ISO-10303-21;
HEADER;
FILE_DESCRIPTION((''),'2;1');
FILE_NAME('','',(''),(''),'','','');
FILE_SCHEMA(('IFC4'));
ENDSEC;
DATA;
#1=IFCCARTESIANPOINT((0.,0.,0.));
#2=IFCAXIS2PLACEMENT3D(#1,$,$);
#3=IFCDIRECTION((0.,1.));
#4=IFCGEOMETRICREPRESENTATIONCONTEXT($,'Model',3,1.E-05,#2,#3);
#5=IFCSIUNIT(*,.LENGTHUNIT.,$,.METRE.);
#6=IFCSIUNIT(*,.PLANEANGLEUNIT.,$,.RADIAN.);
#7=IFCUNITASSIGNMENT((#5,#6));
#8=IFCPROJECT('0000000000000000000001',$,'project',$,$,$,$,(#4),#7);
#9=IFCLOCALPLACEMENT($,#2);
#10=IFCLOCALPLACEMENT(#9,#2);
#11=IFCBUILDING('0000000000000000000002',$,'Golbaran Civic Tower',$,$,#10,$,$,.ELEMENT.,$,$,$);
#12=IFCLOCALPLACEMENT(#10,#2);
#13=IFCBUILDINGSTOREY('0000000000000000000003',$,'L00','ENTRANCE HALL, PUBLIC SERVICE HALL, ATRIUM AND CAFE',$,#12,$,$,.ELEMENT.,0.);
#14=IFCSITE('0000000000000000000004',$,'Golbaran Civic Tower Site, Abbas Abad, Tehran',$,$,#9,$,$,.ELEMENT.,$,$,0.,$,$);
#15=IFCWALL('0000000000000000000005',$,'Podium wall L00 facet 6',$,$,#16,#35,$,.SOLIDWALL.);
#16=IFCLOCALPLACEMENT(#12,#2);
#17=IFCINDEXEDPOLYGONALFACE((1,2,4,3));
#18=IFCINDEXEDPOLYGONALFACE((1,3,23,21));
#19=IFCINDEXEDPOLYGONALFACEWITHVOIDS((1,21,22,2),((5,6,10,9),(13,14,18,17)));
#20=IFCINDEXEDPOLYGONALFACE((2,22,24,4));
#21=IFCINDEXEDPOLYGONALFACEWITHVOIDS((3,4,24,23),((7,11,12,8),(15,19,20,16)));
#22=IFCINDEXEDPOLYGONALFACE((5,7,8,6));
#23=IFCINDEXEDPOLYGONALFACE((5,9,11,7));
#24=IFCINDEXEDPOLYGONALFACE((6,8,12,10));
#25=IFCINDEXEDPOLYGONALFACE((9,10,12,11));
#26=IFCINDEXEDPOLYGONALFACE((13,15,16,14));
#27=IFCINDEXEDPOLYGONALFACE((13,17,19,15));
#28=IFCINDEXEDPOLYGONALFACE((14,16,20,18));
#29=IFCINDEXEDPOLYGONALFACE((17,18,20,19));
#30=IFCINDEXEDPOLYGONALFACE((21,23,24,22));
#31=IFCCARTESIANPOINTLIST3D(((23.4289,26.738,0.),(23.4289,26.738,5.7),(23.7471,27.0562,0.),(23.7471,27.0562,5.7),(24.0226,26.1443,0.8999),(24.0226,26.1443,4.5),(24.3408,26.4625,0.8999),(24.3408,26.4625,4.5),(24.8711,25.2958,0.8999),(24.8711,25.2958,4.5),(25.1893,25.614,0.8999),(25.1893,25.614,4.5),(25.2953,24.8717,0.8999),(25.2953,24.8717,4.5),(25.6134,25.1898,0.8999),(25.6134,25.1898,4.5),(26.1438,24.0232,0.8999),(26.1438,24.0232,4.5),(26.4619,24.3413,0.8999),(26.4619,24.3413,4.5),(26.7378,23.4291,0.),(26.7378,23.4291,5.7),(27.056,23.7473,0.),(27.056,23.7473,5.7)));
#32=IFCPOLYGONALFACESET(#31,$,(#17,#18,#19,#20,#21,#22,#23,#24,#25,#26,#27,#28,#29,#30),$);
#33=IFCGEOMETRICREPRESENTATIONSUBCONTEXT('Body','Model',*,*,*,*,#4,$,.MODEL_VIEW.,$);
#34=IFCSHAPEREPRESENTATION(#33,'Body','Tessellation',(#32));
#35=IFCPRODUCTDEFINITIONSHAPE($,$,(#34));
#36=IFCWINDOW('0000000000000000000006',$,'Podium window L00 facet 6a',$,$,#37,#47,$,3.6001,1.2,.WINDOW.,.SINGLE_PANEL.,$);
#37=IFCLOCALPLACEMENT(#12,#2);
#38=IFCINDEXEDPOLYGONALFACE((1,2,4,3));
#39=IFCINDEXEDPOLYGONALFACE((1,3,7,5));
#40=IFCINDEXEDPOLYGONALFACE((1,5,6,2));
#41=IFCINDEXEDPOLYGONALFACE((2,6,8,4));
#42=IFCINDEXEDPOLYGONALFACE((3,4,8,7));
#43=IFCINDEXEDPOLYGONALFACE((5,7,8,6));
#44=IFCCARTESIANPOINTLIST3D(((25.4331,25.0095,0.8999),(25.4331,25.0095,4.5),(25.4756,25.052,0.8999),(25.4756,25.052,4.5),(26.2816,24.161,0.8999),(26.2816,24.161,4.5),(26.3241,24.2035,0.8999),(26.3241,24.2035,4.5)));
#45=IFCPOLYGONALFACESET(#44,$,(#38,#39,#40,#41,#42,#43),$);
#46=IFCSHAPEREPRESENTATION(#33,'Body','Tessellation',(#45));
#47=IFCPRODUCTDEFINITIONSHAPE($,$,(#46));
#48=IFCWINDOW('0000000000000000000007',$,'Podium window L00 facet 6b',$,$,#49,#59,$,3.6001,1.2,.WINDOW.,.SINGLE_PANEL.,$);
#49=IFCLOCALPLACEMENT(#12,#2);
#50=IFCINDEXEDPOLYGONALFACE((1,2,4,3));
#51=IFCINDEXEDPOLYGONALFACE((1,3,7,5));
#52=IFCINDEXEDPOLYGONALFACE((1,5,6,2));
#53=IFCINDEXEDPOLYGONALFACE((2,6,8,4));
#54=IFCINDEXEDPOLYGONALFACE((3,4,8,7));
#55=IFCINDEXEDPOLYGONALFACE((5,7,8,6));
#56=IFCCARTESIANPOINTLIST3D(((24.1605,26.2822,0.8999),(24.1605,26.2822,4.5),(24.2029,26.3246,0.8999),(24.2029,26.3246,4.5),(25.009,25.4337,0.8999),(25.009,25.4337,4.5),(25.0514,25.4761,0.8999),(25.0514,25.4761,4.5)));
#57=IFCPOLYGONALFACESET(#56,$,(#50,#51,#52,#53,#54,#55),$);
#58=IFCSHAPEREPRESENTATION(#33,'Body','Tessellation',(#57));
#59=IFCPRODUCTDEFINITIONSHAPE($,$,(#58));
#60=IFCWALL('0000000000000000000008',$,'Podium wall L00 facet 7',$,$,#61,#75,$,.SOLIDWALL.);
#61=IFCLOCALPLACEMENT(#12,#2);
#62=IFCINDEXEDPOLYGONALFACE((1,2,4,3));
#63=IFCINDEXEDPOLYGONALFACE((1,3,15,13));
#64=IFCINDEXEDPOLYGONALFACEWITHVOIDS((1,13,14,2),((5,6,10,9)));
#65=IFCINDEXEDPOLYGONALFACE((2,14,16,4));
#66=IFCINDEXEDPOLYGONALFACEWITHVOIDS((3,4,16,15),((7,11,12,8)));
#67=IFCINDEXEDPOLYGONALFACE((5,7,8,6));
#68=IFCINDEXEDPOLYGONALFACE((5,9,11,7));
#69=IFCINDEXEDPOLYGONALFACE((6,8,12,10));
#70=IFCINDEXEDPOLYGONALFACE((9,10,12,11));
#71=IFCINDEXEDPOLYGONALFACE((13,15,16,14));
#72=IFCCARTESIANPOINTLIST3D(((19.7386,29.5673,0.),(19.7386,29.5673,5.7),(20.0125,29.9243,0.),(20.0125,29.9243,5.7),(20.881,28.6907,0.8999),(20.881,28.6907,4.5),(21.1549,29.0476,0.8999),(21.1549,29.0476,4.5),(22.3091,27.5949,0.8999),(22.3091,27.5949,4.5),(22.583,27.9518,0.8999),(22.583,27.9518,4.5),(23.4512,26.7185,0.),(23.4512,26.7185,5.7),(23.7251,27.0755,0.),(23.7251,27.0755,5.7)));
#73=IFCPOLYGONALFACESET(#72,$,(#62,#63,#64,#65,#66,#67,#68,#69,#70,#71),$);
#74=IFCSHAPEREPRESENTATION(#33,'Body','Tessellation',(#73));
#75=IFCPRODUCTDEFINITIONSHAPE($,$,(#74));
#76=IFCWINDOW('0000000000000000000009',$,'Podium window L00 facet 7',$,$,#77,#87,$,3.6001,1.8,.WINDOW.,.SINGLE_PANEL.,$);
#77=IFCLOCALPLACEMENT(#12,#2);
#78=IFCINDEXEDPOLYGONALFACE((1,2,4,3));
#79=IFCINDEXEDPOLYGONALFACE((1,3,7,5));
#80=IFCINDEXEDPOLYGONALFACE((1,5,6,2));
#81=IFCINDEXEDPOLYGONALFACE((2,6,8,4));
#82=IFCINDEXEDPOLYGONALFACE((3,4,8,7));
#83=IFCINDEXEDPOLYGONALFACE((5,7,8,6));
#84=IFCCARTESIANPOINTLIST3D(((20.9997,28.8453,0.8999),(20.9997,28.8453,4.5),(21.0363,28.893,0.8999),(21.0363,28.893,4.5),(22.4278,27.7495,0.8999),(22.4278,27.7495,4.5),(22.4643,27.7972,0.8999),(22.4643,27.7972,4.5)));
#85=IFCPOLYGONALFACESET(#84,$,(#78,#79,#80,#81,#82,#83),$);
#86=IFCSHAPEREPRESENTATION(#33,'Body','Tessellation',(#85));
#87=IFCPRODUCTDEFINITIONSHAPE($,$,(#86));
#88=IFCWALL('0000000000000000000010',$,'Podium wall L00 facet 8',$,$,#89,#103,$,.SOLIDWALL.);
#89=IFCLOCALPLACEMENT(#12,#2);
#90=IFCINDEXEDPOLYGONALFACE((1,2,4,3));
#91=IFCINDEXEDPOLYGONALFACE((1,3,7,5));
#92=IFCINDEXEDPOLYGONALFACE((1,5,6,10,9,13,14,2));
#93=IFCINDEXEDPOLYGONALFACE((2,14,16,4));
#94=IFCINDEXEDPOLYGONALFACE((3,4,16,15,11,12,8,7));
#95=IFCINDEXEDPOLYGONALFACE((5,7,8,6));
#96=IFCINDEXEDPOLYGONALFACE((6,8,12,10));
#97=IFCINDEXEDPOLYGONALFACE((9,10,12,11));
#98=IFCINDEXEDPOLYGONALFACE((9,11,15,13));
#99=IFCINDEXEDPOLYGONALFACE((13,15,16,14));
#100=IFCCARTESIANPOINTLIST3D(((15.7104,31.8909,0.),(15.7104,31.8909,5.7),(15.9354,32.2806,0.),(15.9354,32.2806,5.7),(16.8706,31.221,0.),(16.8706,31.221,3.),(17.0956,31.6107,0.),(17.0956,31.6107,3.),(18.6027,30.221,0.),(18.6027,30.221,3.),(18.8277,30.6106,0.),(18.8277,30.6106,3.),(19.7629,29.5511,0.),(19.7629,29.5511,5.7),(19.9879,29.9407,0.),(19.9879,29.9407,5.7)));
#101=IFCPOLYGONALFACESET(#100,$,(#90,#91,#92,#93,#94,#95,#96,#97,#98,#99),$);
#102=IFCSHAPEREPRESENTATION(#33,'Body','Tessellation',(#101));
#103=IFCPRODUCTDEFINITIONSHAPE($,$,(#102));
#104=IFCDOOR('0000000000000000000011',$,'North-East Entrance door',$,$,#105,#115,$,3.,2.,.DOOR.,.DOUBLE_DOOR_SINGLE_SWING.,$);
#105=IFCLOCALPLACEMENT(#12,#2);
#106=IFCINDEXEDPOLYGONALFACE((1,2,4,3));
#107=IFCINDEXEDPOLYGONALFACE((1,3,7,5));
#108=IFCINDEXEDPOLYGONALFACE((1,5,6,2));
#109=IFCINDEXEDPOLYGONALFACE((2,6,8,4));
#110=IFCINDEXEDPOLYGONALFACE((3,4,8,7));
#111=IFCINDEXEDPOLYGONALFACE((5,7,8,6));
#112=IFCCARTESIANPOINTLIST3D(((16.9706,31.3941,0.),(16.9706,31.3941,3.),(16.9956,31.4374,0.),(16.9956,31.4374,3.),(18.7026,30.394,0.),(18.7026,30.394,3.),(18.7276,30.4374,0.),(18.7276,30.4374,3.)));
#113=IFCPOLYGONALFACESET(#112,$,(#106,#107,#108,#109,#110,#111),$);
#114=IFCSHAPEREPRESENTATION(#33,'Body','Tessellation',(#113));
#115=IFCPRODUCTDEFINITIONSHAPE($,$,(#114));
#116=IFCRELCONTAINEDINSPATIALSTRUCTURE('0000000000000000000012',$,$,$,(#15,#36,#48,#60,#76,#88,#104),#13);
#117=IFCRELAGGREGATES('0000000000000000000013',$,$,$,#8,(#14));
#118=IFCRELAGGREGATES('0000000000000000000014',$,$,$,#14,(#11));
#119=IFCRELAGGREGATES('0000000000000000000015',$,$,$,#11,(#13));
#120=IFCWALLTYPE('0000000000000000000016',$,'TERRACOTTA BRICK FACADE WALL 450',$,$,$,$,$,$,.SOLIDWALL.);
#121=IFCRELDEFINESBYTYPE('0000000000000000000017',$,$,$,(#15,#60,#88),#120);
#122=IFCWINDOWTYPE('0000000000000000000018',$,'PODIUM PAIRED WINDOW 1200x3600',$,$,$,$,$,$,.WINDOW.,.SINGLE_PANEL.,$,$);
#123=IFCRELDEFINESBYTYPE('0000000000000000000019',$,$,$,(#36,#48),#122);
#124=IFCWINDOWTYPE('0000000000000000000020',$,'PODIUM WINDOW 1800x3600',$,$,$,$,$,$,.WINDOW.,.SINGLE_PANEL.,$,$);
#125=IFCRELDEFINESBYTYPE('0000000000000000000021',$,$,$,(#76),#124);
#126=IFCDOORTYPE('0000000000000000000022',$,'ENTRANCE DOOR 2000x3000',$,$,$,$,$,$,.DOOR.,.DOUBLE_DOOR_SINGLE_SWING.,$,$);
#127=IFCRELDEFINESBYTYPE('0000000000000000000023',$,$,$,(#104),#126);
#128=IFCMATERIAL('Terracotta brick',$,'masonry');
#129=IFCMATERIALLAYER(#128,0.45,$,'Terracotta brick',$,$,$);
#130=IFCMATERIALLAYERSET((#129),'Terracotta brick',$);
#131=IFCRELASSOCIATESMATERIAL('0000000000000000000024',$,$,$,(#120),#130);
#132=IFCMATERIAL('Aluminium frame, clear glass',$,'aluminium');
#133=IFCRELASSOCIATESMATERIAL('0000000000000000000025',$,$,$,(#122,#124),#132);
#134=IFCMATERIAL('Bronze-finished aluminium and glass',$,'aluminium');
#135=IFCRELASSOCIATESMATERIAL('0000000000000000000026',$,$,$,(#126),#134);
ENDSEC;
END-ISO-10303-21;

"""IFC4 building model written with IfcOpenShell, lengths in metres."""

from ifc_helpers import new_model, si_unit, direction, frame, frame_2d, origin, place, context, subcontext, project, spatial, rectangle, extrude, material, layer, layer_set, type_object, element, fill, save


model = new_model("IFC4")

# Units and contexts
model_context = context("Model", 3, precision=1e-05, world=origin(), true_north=direction((0.0, 1.0)))
body_context = subcontext(model_context, "Body", "Model", "MODEL_VIEW")
ifc_project = project(units=[si_unit("LENGTHUNIT", "METRE"), si_unit("PLANEANGLEUNIT", "RADIAN")], contexts=[model_context])

# Site, building, storey
site_placement = place(None, origin())
site = spatial("IfcSite", under=ifc_project, at=site_placement, Name="Golbaran Civic Tower Site, Abbas Abad, Tehran", CompositionType="ELEMENT", RefElevation=0.0)
building_placement = place(site_placement, origin())
building = spatial("IfcBuilding", under=site, at=building_placement, Name="Golbaran Civic Tower", CompositionType="ELEMENT")
storey_placement = place(building_placement, origin())
storey = spatial("IfcBuildingStorey", under=building, at=storey_placement, Name="L00", Description="ENTRANCE HALL, PUBLIC SERVICE HALL, ATRIUM AND CAFE", CompositionType="ELEMENT", Elevation=0.0)

# Wall, openings, windows
ifc_material_1 = material(Name="Terracotta brick", Category="masonry")
ifc_layer_1 = layer(ifc_material_1, 0.45, Name="Terracotta brick")
ifc_layer_set_1 = layer_set([ifc_layer_1], Name="Terracotta brick")
wall_type_1 = type_object("IfcWallType", Name="TERRACOTTA BRICK FACADE WALL 450", PredefinedType="SOLIDWALL", material=ifc_layer_set_1)
wall_1_placement = place(storey_placement, frame((26.897, 23.5881, 0.0), z_axis=(0.0, 0.0, 1.0), x_axis=(-0.707107, 0.707107, 0.0)))
wall_1 = element("IfcWall", 1, at=wall_1_placement, inside=storey, type_object=wall_type_1, Name="Podium wall L00 facet 6", PredefinedType="SOLIDWALL", context=body_context, shape_type="SweptSolid", body=[
    extrude(rectangle(XDim=4.6794, YDim=0.45, at=frame_2d((2.3398, 0.0))), origin(), (0.0, 0.0, 1.0), 5.7),
])
opening_1_placement = place(wall_1_placement, frame((0.8401, 0.0, 0.8999)))
opening_1 = element("IfcOpeningElement", 2, at=opening_1_placement, cuts=wall_1, PredefinedType="OPENING", context=body_context, shape_type="SweptSolid", body=[
    extrude(rectangle(XDim=1.2, YDim=3.6001, at=frame_2d((0.6001, 1.8))), frame((0.0, 0.2349, 0.0), z_axis=(0.0, -1.0, 0.0), x_axis=(1.0, 0.0, 0.0)), (0.0, 0.0, 1.0), 0.47),
])
opening_2_placement = place(wall_1_placement, frame((2.6399, 0.0, 0.8999)))
opening_2 = element("IfcOpeningElement", 3, at=opening_2_placement, cuts=wall_1, PredefinedType="OPENING", context=body_context, shape_type="SweptSolid", body=[
    extrude(rectangle(XDim=1.2, YDim=3.6001, at=frame_2d((0.6001, 1.8))), frame((0.0, 0.2349, 0.0), z_axis=(0.0, -1.0, 0.0), x_axis=(1.0, 0.0, 0.0)), (0.0, 0.0, 1.0), 0.47),
])
ifc_material_2 = material(Name="Aluminium frame, clear glass", Category="aluminium")
window_type_1 = type_object("IfcWindowType", Name="PODIUM PAIRED WINDOW 1200x3600", PartitioningType="SINGLE_PANEL", PredefinedType="WINDOW", material=ifc_material_2)
window_1_placement = place(opening_1_placement, origin())
window_1 = element("IfcWindow", 4, at=window_1_placement, inside=storey, type_object=window_type_1, Name="Podium window L00 facet 6a", OverallHeight=3.6001, OverallWidth=1.2, PartitioningType="SINGLE_PANEL", PredefinedType="WINDOW", context=body_context, shape_type="SweptSolid", body=[
    extrude(rectangle(XDim=1.2, YDim=3.6001, at=frame_2d((0.6001, 1.8))), frame((0.0, 0.03, 0.0), z_axis=(0.0, -1.0, 0.0), x_axis=(1.0, 0.0, 0.0)), (0.0, 0.0, 1.0), 0.0601),
])
fill(opening_1, window_1)
window_2_placement = place(opening_2_placement, origin())
window_2 = element("IfcWindow", 5, at=window_2_placement, inside=storey, type_object=window_type_1, Name="Podium window L00 facet 6b", OverallHeight=3.6001, OverallWidth=1.2, PartitioningType="SINGLE_PANEL", PredefinedType="WINDOW", context=body_context, shape_type="SweptSolid", body=[
    extrude(rectangle(XDim=1.2, YDim=3.6001, at=frame_2d((0.6001, 1.8))), frame((0.0, 0.03, 0.0), z_axis=(0.0, -1.0, 0.0), x_axis=(1.0, 0.0, 0.0)), (0.0, 0.0, 1.0), 0.0601),
])
fill(opening_2, window_2)

# Wall, opening, window
wall_2_placement = place(storey_placement, frame((23.5881, 26.897, 0.0), z_axis=(0.0, 0.0, 1.0), x_axis=(-0.793347, 0.60877, 0.0)))
wall_2 = element("IfcWall", 6, at=wall_2_placement, inside=storey, type_object=wall_type_1, Name="Podium wall L00 facet 7", PredefinedType="SOLIDWALL", context=body_context, shape_type="SweptSolid", body=[
    extrude(rectangle(XDim=4.6797, YDim=0.45, at=frame_2d((2.3398, 0.0))), origin(), (0.0, 0.0, 1.0), 5.7),
])
opening_3_placement = place(wall_2_placement, frame((1.4397, 0.0, 0.8999)))
opening_3 = element("IfcOpeningElement", 7, at=opening_3_placement, cuts=wall_2, PredefinedType="OPENING", context=body_context, shape_type="SweptSolid", body=[
    extrude(rectangle(XDim=1.8, YDim=3.6001, at=frame_2d((0.8999, 1.8))), frame((0.0, 0.2349, 0.0), z_axis=(0.0, -1.0, 0.0), x_axis=(1.0, 0.0, 0.0)), (0.0, 0.0, 1.0), 0.47),
])
window_type_2 = type_object("IfcWindowType", Name="PODIUM WINDOW 1800x3600", PartitioningType="SINGLE_PANEL", PredefinedType="WINDOW", material=ifc_material_2)
window_3_placement = place(opening_3_placement, origin())
window_3 = element("IfcWindow", 8, at=window_3_placement, inside=storey, type_object=window_type_2, Name="Podium window L00 facet 7", OverallHeight=3.6001, OverallWidth=1.8, PartitioningType="SINGLE_PANEL", PredefinedType="WINDOW", context=body_context, shape_type="SweptSolid", body=[
    extrude(rectangle(XDim=1.8, YDim=3.6001, at=frame_2d((0.8999, 1.8))), frame((0.0, 0.03, 0.0), z_axis=(0.0, -1.0, 0.0), x_axis=(1.0, 0.0, 0.0)), (0.0, 0.0, 1.0), 0.0601),
])
fill(opening_3, window_3)

# Wall, opening, door
wall_3_placement = place(storey_placement, frame((19.8755, 29.7458, 0.0), z_axis=(0.0, 0.0, 1.0), x_axis=(-0.866013, 0.500022, 0.0)))
wall_3 = element("IfcWall", 9, at=wall_3_placement, inside=storey, type_object=wall_type_1, Name="Podium wall L00 facet 8", PredefinedType="SOLIDWALL", context=body_context, shape_type="SweptSolid", body=[
    extrude(rectangle(XDim=4.6794, YDim=0.45, at=frame_2d((2.3398, 0.0))), origin(), (0.0, 0.0, 1.0), 5.7),
])
opening_4_placement = place(wall_3_placement, frame((1.3398, 0.0, 0.0)))
opening_4 = element("IfcOpeningElement", 10, at=opening_4_placement, cuts=wall_3, PredefinedType="OPENING", context=body_context, shape_type="SweptSolid", body=[
    extrude(rectangle(XDim=2.0, YDim=3.0, at=frame_2d((1.0, 1.5))), frame((0.0, 0.2349, 0.0), z_axis=(0.0, -1.0, 0.0), x_axis=(1.0, 0.0, 0.0)), (0.0, 0.0, 1.0), 0.47),
])
ifc_material_3 = material(Name="Bronze-finished aluminium and glass", Category="aluminium")
door_type_1 = type_object("IfcDoorType", Name="ENTRANCE DOOR 2000x3000", OperationType="DOUBLE_DOOR_SINGLE_SWING", PredefinedType="DOOR", material=ifc_material_3)
door_1_placement = place(opening_4_placement, frame((2.0, 0.0, 0.0), z_axis=(0.0, 0.0, 1.0), x_axis=(-1.0, 0.0, 0.0)))
door_1 = element("IfcDoor", 11, at=door_1_placement, inside=storey, type_object=door_type_1, Name="North-East Entrance door", OperationType="DOUBLE_DOOR_SINGLE_SWING", OverallHeight=3.0, OverallWidth=2.0, PredefinedType="DOOR", context=body_context, shape_type="SweptSolid", body=[
    extrude(rectangle(XDim=2.0, YDim=3.0, at=frame_2d((1.0, 1.5))), frame((0.0, 0.0249, 0.0), z_axis=(0.0, -1.0, 0.0), x_axis=(1.0, 0.0, 0.0)), (0.0, 0.0, 1.0), 0.05),
])
fill(opening_4, door_1)

save(model, "model.ifc")
